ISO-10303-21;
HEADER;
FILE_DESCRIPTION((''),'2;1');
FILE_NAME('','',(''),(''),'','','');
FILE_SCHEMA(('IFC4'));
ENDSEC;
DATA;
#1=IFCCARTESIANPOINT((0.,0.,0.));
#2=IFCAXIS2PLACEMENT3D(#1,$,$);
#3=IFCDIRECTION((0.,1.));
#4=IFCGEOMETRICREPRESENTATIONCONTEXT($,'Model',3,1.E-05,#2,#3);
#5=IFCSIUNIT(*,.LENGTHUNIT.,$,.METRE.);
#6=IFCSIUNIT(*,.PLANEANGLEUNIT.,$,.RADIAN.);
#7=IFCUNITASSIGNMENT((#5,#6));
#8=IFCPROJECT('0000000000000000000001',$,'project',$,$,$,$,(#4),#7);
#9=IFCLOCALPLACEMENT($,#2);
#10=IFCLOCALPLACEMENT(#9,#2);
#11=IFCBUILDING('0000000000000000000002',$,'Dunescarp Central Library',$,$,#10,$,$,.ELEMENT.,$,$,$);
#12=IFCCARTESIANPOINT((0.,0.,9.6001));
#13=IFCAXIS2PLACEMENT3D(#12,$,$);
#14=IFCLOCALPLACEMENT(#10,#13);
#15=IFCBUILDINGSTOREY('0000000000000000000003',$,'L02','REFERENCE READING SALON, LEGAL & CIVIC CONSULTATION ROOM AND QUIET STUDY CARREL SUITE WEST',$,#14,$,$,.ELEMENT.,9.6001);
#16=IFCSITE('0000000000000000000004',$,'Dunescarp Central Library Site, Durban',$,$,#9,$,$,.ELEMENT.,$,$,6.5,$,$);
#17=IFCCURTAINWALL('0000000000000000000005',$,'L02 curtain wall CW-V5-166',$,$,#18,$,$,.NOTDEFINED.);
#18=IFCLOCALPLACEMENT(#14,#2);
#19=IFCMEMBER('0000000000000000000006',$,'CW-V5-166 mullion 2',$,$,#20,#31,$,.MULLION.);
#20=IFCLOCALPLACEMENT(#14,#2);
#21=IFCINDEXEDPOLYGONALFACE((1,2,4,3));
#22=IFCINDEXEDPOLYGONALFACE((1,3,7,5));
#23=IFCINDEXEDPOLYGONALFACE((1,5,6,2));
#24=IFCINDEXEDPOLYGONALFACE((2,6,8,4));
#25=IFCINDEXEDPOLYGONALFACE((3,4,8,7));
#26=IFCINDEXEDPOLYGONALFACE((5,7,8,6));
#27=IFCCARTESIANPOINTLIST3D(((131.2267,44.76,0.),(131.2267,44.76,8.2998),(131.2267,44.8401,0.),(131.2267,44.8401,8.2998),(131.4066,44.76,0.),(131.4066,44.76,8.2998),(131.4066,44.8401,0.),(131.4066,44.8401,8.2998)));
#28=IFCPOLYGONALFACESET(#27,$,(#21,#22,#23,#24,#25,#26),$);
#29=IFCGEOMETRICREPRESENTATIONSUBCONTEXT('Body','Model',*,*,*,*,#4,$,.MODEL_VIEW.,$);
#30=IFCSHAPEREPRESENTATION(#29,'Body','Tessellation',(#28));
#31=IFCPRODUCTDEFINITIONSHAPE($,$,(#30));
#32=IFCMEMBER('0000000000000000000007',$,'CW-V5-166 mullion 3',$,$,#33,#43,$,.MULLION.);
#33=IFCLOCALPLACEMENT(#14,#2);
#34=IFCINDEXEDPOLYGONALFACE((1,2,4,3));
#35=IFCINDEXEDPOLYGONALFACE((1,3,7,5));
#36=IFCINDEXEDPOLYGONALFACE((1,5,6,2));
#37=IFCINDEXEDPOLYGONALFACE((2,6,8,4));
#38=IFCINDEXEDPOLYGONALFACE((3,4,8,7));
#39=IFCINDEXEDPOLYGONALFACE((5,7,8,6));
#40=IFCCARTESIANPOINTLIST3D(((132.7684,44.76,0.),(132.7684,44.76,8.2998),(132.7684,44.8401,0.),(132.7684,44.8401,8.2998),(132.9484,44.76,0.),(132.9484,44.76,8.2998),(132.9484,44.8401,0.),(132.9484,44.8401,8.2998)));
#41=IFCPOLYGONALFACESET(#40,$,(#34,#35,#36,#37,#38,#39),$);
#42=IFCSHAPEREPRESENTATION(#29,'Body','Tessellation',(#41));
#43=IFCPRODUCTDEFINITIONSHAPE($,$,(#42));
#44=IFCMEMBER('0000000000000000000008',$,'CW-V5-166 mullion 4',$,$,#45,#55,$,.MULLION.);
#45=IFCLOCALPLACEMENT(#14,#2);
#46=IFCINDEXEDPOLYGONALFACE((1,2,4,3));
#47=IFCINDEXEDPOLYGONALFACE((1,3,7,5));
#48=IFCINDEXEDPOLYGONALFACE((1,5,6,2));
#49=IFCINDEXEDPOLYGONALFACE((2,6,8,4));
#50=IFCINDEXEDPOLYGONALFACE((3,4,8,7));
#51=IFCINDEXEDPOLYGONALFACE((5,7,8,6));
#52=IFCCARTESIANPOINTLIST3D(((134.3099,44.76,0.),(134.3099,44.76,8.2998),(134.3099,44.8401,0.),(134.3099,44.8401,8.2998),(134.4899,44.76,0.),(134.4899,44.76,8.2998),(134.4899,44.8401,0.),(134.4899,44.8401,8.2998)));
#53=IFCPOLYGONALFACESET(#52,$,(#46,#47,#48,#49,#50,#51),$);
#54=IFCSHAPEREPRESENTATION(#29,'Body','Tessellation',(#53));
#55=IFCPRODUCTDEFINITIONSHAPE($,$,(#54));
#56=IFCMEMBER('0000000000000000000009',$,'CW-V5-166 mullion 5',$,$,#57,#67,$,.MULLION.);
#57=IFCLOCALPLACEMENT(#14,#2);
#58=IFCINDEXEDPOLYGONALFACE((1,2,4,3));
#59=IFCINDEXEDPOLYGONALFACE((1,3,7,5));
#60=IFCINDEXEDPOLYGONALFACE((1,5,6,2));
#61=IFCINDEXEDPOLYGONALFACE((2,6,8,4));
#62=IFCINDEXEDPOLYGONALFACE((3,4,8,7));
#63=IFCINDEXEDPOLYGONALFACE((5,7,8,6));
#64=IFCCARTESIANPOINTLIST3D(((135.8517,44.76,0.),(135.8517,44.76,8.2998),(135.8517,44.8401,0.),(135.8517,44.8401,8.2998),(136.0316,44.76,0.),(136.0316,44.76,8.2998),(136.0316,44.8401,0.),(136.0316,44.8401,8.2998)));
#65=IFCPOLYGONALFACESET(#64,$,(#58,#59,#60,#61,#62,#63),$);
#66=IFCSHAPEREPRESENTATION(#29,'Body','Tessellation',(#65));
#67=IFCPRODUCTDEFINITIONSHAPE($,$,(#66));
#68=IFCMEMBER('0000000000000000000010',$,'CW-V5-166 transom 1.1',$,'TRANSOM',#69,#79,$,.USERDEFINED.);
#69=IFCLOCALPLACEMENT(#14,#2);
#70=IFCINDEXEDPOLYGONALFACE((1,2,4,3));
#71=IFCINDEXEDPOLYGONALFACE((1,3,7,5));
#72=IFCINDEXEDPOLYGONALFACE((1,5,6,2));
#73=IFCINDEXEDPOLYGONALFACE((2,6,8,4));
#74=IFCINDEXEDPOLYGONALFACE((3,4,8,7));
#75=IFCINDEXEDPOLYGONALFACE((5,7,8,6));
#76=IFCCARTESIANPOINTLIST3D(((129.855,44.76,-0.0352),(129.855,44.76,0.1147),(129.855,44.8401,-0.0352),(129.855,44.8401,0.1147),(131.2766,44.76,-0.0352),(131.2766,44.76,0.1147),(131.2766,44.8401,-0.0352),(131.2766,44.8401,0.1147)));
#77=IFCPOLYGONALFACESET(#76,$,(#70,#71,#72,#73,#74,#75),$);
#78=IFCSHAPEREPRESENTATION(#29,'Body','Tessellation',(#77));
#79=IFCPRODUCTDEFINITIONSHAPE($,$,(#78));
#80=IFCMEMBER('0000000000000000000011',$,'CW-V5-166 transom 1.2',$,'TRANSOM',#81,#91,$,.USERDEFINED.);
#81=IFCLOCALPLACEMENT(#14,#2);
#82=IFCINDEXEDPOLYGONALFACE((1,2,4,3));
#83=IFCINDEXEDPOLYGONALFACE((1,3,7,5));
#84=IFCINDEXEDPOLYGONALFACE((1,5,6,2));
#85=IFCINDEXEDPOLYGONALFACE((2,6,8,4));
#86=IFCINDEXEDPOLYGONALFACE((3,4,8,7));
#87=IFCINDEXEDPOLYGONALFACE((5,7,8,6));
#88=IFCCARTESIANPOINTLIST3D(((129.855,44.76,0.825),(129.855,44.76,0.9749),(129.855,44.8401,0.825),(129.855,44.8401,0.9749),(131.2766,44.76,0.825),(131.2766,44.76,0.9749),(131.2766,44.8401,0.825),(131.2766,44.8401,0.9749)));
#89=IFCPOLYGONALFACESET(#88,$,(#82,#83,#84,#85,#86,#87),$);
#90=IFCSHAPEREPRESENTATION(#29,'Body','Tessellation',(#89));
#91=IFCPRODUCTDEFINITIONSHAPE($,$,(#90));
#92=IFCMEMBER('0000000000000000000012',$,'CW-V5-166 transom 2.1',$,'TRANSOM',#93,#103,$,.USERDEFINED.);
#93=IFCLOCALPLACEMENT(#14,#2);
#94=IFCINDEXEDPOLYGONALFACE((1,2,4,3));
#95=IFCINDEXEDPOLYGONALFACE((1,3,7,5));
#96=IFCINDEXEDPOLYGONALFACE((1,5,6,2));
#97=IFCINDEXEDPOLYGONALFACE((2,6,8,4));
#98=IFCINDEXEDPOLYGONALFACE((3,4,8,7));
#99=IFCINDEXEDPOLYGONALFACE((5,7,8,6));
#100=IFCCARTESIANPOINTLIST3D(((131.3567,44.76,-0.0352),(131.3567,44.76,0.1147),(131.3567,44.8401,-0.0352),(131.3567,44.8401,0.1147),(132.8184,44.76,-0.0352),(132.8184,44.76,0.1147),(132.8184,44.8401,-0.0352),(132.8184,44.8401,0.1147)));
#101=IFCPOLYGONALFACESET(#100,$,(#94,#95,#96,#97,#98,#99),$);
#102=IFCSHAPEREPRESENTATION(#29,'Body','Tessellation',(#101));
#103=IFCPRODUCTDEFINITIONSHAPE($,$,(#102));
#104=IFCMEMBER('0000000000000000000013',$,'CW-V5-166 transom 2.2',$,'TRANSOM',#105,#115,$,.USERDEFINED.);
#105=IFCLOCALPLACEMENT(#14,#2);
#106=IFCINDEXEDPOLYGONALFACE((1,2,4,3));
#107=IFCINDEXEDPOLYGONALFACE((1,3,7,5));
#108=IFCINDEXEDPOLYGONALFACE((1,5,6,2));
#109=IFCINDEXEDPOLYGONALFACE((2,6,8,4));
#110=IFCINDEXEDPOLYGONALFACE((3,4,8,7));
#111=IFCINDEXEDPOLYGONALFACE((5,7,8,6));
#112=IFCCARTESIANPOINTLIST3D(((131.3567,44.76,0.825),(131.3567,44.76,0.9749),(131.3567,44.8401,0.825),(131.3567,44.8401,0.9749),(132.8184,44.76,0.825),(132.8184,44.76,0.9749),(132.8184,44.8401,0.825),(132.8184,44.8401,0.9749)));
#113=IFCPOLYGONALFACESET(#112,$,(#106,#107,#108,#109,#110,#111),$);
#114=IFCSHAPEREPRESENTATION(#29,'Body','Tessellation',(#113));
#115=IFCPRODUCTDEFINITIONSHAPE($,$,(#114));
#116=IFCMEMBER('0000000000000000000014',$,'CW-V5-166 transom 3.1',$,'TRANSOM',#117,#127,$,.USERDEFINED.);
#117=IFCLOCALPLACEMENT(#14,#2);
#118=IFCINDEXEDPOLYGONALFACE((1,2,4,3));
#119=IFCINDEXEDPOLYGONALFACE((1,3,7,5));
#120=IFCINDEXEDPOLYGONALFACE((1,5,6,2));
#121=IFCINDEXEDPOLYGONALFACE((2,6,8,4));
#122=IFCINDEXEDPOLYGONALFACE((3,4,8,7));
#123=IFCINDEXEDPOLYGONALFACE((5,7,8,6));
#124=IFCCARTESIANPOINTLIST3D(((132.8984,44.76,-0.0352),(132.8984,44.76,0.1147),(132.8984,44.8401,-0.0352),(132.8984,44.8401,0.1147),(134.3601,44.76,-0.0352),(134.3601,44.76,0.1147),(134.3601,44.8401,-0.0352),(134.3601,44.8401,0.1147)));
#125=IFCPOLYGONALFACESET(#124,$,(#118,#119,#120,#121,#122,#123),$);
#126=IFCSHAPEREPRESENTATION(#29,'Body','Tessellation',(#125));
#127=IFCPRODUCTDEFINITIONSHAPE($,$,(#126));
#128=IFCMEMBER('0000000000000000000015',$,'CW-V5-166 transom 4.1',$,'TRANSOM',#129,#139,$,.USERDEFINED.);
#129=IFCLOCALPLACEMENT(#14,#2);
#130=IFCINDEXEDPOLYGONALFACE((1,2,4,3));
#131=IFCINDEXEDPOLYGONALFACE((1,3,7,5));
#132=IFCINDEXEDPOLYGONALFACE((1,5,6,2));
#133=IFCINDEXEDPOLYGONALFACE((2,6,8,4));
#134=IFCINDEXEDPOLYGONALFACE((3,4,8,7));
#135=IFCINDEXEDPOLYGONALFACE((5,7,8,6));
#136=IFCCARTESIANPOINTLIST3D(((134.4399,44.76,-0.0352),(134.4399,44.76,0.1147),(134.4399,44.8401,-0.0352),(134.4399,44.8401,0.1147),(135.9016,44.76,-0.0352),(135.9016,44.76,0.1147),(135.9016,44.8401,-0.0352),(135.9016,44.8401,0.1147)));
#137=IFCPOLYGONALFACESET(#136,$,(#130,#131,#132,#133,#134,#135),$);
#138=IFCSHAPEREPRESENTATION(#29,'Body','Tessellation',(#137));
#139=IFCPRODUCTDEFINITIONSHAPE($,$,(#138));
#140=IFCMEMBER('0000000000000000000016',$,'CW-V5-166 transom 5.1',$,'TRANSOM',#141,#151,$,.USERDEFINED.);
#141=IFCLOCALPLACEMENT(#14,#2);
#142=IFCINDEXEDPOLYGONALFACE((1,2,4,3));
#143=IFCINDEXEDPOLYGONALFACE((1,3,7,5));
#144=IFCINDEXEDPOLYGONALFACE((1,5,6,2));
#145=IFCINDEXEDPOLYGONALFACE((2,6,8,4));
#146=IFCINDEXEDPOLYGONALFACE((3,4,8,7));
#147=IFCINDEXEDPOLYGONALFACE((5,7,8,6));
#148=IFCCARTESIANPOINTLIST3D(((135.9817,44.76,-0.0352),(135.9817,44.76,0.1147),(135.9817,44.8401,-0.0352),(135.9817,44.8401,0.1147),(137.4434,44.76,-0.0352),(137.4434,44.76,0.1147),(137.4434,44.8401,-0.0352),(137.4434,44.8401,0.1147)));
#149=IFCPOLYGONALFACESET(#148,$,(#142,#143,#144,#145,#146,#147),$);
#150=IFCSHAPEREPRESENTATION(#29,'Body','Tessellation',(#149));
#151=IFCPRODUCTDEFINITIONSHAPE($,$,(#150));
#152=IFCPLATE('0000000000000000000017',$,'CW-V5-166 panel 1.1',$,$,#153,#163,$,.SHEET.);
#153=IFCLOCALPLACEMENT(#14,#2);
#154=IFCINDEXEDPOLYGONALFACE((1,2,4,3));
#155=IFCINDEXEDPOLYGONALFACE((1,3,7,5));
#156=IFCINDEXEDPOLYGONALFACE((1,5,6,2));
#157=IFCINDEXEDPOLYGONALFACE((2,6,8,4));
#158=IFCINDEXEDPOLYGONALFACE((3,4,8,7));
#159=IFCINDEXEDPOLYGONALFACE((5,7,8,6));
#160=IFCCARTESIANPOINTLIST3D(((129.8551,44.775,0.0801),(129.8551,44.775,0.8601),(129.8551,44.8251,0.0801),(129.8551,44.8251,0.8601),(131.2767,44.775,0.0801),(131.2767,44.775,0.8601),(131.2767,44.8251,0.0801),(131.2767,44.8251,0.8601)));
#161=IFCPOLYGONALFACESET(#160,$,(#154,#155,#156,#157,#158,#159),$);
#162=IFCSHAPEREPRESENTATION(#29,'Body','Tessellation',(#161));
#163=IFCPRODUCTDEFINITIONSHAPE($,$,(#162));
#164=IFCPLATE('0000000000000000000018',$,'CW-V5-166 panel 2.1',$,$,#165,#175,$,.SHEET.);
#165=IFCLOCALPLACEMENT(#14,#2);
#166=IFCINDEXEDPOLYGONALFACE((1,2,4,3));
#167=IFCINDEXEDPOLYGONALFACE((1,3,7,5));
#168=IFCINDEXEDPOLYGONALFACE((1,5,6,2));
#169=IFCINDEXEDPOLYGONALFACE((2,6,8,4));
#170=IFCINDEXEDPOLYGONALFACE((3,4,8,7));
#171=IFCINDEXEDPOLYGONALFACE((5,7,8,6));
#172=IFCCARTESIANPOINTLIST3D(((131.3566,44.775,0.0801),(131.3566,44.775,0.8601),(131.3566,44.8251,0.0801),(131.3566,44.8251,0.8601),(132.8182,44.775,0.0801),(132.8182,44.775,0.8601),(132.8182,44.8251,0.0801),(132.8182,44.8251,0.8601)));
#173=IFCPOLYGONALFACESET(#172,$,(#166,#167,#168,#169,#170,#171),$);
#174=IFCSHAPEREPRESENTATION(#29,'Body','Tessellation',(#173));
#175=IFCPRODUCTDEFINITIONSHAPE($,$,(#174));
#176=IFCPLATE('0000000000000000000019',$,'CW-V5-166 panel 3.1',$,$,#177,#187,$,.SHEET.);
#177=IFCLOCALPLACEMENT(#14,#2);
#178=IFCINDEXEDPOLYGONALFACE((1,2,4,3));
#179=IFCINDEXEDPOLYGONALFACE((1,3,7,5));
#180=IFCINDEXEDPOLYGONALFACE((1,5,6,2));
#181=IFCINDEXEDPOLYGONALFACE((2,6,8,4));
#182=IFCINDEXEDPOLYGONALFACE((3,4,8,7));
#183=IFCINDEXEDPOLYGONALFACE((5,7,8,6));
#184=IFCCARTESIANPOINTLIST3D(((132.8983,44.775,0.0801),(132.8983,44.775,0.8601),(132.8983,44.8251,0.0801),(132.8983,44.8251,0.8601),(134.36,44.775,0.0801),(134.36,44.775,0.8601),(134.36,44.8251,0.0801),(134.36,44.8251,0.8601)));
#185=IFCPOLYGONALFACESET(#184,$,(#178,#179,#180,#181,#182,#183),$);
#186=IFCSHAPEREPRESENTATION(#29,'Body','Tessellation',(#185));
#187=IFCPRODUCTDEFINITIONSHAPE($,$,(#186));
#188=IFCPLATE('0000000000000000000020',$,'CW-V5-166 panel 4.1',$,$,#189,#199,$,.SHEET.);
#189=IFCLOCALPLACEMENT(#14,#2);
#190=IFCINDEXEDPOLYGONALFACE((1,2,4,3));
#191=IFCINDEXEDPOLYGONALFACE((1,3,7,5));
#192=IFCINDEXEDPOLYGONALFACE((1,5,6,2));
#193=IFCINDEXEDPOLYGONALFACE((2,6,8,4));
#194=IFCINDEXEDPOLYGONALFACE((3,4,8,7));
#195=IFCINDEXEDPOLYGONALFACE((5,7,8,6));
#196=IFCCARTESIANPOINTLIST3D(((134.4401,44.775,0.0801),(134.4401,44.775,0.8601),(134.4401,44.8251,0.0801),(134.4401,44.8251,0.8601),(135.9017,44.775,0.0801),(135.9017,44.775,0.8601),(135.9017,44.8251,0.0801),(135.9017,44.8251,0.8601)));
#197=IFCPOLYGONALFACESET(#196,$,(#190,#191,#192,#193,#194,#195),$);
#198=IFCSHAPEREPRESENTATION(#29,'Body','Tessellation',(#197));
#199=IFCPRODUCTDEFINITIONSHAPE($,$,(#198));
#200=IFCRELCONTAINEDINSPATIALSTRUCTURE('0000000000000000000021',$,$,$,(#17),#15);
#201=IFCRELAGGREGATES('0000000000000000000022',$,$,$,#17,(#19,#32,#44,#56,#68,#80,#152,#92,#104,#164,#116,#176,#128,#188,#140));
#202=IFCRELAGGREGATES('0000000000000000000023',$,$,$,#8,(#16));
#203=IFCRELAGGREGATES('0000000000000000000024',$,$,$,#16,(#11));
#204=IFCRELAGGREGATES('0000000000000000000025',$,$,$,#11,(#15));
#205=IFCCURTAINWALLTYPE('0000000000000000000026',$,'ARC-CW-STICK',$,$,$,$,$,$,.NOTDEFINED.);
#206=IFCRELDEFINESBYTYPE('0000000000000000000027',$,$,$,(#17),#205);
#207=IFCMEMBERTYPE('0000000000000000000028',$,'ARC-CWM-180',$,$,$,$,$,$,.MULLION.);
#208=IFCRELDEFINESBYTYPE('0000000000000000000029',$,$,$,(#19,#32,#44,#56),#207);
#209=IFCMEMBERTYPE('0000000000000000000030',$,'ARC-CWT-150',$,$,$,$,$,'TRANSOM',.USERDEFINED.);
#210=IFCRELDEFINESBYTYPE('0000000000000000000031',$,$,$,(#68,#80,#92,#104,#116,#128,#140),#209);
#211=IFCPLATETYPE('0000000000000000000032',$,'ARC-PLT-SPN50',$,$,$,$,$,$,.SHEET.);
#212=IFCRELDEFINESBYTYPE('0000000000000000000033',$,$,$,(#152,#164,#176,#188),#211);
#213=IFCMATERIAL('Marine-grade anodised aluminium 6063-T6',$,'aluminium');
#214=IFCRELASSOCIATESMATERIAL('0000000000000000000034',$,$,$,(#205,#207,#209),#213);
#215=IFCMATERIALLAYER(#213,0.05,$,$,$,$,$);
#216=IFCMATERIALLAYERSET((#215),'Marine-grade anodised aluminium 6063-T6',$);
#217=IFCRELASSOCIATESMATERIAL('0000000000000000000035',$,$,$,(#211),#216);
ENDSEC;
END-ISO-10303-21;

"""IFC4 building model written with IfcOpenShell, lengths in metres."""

from ifc_helpers import new_model, si_unit, direction, frame, origin, origin_2d, place, context, subcontext, project, spatial, rectangle, extrude, material, layer, layer_set, material_profile, profile_set, type_object, element, aggregate, save


model = new_model("IFC4")

# Units and contexts
model_context = context("Model", 3, precision=1e-05, world=origin(), true_north=direction((0.0, 1.0)))
body_context = subcontext(model_context, "Body", "Model", "MODEL_VIEW")
ifc_project = project(units=[si_unit("LENGTHUNIT", "METRE"), si_unit("PLANEANGLEUNIT", "RADIAN")], contexts=[model_context])

# Site, building, storey
site_placement = place(None, origin())
site = spatial("IfcSite", under=ifc_project, at=site_placement, Name="Dunescarp Central Library Site, Durban", CompositionType="ELEMENT", RefElevation=6.5)
building_placement = place(site_placement, origin())
building = spatial("IfcBuilding", under=site, at=building_placement, Name="Dunescarp Central Library", CompositionType="ELEMENT")
storey_placement = place(building_placement, frame((0.0, 0.0, 9.6001)))
storey = spatial("IfcBuildingStorey", under=building, at=storey_placement, Name="L02", Description="REFERENCE READING SALON, LEGAL & CIVIC CONSULTATION ROOM AND QUIET STUDY CARREL SUITE WEST", CompositionType="ELEMENT", Elevation=9.6001)

# Curtain wall, members, plates
ifc_material_1 = material(Name="Marine-grade anodised aluminium 6063-T6", Category="aluminium")
curtain_wall_type = type_object("IfcCurtainWallType", Name="ARC-CW-STICK", PredefinedType="NOTDEFINED", material=ifc_material_1)
curtain_wall_placement = place(storey_placement, origin())
curtain_wall = element("IfcCurtainWall", 1, at=curtain_wall_placement, inside=storey, type_object=curtain_wall_type, Name="L02 curtain wall CW-V5-166", PredefinedType="NOTDEFINED")
ifc_material_profile_1 = material_profile(ifc_material_1, rectangle(XDim=0.0801, YDim=0.1799, at=origin_2d()), Name="AL 80x180")
ifc_profile_set_1 = profile_set([ifc_material_profile_1], Name="Marine-grade anodised aluminium 6063-T6")
member_type_1 = type_object("IfcMemberType", Name="ARC-CWM-180", PredefinedType="MULLION", material=ifc_profile_set_1)
member_1_placement = place(storey_placement, frame((131.3167, 44.8, 0.0), z_axis=(0.0, 0.0, 1.0), x_axis=(0.0, 1.0, 0.0)))
member_1 = element("IfcMember", 2, at=member_1_placement, type_object=member_type_1, Name="CW-V5-166 mullion 2", PredefinedType="MULLION", context=body_context, shape_type="SweptSolid", body=[
    extrude(rectangle(XDim=0.0801, YDim=0.1799, at=origin_2d()), origin(), (0.0, 0.0, 1.0), 8.2998),
])
member_2_placement = place(storey_placement, frame((132.8584, 44.8, 0.0), z_axis=(0.0, 0.0, 1.0), x_axis=(0.0, 1.0, 0.0)))
member_2 = element("IfcMember", 3, at=member_2_placement, type_object=member_type_1, Name="CW-V5-166 mullion 3", PredefinedType="MULLION", context=body_context, shape_type="SweptSolid", body=[
    extrude(rectangle(XDim=0.0801, YDim=0.1799, at=origin_2d()), origin(), (0.0, 0.0, 1.0), 8.2998),
])
member_3_placement = place(storey_placement, frame((134.3999, 44.8, 0.0), z_axis=(0.0, 0.0, 1.0), x_axis=(0.0, 1.0, 0.0)))
member_3 = element("IfcMember", 4, at=member_3_placement, type_object=member_type_1, Name="CW-V5-166 mullion 4", PredefinedType="MULLION", context=body_context, shape_type="SweptSolid", body=[
    extrude(rectangle(XDim=0.0801, YDim=0.1799, at=origin_2d()), origin(), (0.0, 0.0, 1.0), 8.2998),
])
member_4_placement = place(storey_placement, frame((135.9417, 44.8, 0.0), z_axis=(0.0, 0.0, 1.0), x_axis=(0.0, 1.0, 0.0)))
member_4 = element("IfcMember", 5, at=member_4_placement, type_object=member_type_1, Name="CW-V5-166 mullion 5", PredefinedType="MULLION", context=body_context, shape_type="SweptSolid", body=[
    extrude(rectangle(XDim=0.0801, YDim=0.1799, at=origin_2d()), origin(), (0.0, 0.0, 1.0), 8.2998),
])
ifc_material_profile_2 = material_profile(ifc_material_1, rectangle(XDim=0.0801, YDim=0.1499, at=origin_2d()), Name="AL 80x150")
ifc_profile_set_2 = profile_set([ifc_material_profile_2], Name="Marine-grade anodised aluminium 6063-T6")
member_type_2 = type_object("IfcMemberType", Name="ARC-CWT-150", ElementType="TRANSOM", PredefinedType="USERDEFINED", material=ifc_profile_set_2)
member_5_placement = place(storey_placement, frame((129.855, 44.8, 0.0398), z_axis=(1.0, 0.0, 0.0), x_axis=(0.0, 1.0, 0.0)))
member_5 = element("IfcMember", 6, at=member_5_placement, type_object=member_type_2, Name="CW-V5-166 transom 1.1", ObjectType="TRANSOM", PredefinedType="USERDEFINED", context=body_context, shape_type="SweptSolid", body=[
    extrude(rectangle(XDim=0.0801, YDim=0.1499, at=origin_2d()), origin(), (0.0, 0.0, 1.0), 1.4216),
])
member_6_placement = place(storey_placement, frame((129.855, 44.8, 0.8999), z_axis=(1.0, 0.0, 0.0), x_axis=(0.0, 1.0, 0.0)))
member_6 = element("IfcMember", 7, at=member_6_placement, type_object=member_type_2, Name="CW-V5-166 transom 1.2", ObjectType="TRANSOM", PredefinedType="USERDEFINED", context=body_context, shape_type="SweptSolid", body=[
    extrude(rectangle(XDim=0.0801, YDim=0.1499, at=origin_2d()), origin(), (0.0, 0.0, 1.0), 1.4216),
])
member_7_placement = place(storey_placement, frame((131.3567, 44.8, 0.0398), z_axis=(1.0, 0.0, 0.0), x_axis=(0.0, 1.0, 0.0)))
member_7 = element("IfcMember", 8, at=member_7_placement, type_object=member_type_2, Name="CW-V5-166 transom 2.1", ObjectType="TRANSOM", PredefinedType="USERDEFINED", context=body_context, shape_type="SweptSolid", body=[
    extrude(rectangle(XDim=0.0801, YDim=0.1499, at=origin_2d()), origin(), (0.0, 0.0, 1.0), 1.4617),
])
member_8_placement = place(storey_placement, frame((131.3567, 44.8, 0.8999), z_axis=(1.0, 0.0, 0.0), x_axis=(0.0, 1.0, 0.0)))
member_8 = element("IfcMember", 9, at=member_8_placement, type_object=member_type_2, Name="CW-V5-166 transom 2.2", ObjectType="TRANSOM", PredefinedType="USERDEFINED", context=body_context, shape_type="SweptSolid", body=[
    extrude(rectangle(XDim=0.0801, YDim=0.1499, at=origin_2d()), origin(), (0.0, 0.0, 1.0), 1.4617),
])
member_9_placement = place(storey_placement, frame((132.8984, 44.8, 0.0398), z_axis=(1.0, 0.0, 0.0), x_axis=(0.0, 1.0, 0.0)))
member_9 = element("IfcMember", 10, at=member_9_placement, type_object=member_type_2, Name="CW-V5-166 transom 3.1", ObjectType="TRANSOM", PredefinedType="USERDEFINED", context=body_context, shape_type="SweptSolid", body=[
    extrude(rectangle(XDim=0.0801, YDim=0.1499, at=origin_2d()), origin(), (0.0, 0.0, 1.0), 1.4617),
])
member_10_placement = place(storey_placement, frame((134.4399, 44.8, 0.0398), z_axis=(1.0, 0.0, 0.0), x_axis=(0.0, 1.0, 0.0)))
member_10 = element("IfcMember", 11, at=member_10_placement, type_object=member_type_2, Name="CW-V5-166 transom 4.1", ObjectType="TRANSOM", PredefinedType="USERDEFINED", context=body_context, shape_type="SweptSolid", body=[
    extrude(rectangle(XDim=0.0801, YDim=0.1499, at=origin_2d()), origin(), (0.0, 0.0, 1.0), 1.4617),
])
member_11_placement = place(storey_placement, frame((135.9817, 44.8, 0.0398), z_axis=(1.0, 0.0, 0.0), x_axis=(0.0, 1.0, 0.0)))
member_11 = element("IfcMember", 12, at=member_11_placement, type_object=member_type_2, Name="CW-V5-166 transom 5.1", ObjectType="TRANSOM", PredefinedType="USERDEFINED", context=body_context, shape_type="SweptSolid", body=[
    extrude(rectangle(XDim=0.0801, YDim=0.1499, at=origin_2d()), origin(), (0.0, 0.0, 1.0), 1.4617),
])
ifc_layer_1 = layer(ifc_material_1, 0.05)
ifc_layer_set_1 = layer_set([ifc_layer_1], Name="Marine-grade anodised aluminium 6063-T6")
plate_type = type_object("IfcPlateType", Name="ARC-PLT-SPN50", PredefinedType="SHEET", material=ifc_layer_set_1)
plate_1_placement = place(storey_placement, frame((130.5659, 44.8, 0.0801), z_axis=(0.0, 0.0, 1.0), x_axis=(1.0, 0.0, 0.0)))
plate_1 = element("IfcPlate", 13, at=plate_1_placement, type_object=plate_type, Name="CW-V5-166 panel 1.1", PredefinedType="SHEET", context=body_context, shape_type="SweptSolid", body=[
    extrude(rectangle(XDim=1.4216, YDim=0.05, at=origin_2d()), origin(), (0.0, 0.0, 1.0), 0.78),
])
plate_2_placement = place(storey_placement, frame((132.0874, 44.8, 0.0801), z_axis=(0.0, 0.0, 1.0), x_axis=(1.0, 0.0, 0.0)))
plate_2 = element("IfcPlate", 14, at=plate_2_placement, type_object=plate_type, Name="CW-V5-166 panel 2.1", PredefinedType="SHEET", context=body_context, shape_type="SweptSolid", body=[
    extrude(rectangle(XDim=1.4617, YDim=0.05, at=origin_2d()), origin(), (0.0, 0.0, 1.0), 0.78),
])
plate_3_placement = place(storey_placement, frame((133.6292, 44.8, 0.0801), z_axis=(0.0, 0.0, 1.0), x_axis=(1.0, 0.0, 0.0)))
plate_3 = element("IfcPlate", 15, at=plate_3_placement, type_object=plate_type, Name="CW-V5-166 panel 3.1", PredefinedType="SHEET", context=body_context, shape_type="SweptSolid", body=[
    extrude(rectangle(XDim=1.4617, YDim=0.05, at=origin_2d()), origin(), (0.0, 0.0, 1.0), 0.78),
])
plate_4_placement = place(storey_placement, frame((135.1709, 44.8, 0.0801), z_axis=(0.0, 0.0, 1.0), x_axis=(1.0, 0.0, 0.0)))
plate_4 = element("IfcPlate", 16, at=plate_4_placement, type_object=plate_type, Name="CW-V5-166 panel 4.1", PredefinedType="SHEET", context=body_context, shape_type="SweptSolid", body=[
    extrude(rectangle(XDim=1.4617, YDim=0.05, at=origin_2d()), origin(), (0.0, 0.0, 1.0), 0.78),
])
aggregate(curtain_wall, [member_1, member_2, member_3, member_4, member_5, member_6, plate_1, member_7, member_8, plate_2, member_9, plate_3, member_10, plate_4, member_11])

save(model, "model.ifc")
